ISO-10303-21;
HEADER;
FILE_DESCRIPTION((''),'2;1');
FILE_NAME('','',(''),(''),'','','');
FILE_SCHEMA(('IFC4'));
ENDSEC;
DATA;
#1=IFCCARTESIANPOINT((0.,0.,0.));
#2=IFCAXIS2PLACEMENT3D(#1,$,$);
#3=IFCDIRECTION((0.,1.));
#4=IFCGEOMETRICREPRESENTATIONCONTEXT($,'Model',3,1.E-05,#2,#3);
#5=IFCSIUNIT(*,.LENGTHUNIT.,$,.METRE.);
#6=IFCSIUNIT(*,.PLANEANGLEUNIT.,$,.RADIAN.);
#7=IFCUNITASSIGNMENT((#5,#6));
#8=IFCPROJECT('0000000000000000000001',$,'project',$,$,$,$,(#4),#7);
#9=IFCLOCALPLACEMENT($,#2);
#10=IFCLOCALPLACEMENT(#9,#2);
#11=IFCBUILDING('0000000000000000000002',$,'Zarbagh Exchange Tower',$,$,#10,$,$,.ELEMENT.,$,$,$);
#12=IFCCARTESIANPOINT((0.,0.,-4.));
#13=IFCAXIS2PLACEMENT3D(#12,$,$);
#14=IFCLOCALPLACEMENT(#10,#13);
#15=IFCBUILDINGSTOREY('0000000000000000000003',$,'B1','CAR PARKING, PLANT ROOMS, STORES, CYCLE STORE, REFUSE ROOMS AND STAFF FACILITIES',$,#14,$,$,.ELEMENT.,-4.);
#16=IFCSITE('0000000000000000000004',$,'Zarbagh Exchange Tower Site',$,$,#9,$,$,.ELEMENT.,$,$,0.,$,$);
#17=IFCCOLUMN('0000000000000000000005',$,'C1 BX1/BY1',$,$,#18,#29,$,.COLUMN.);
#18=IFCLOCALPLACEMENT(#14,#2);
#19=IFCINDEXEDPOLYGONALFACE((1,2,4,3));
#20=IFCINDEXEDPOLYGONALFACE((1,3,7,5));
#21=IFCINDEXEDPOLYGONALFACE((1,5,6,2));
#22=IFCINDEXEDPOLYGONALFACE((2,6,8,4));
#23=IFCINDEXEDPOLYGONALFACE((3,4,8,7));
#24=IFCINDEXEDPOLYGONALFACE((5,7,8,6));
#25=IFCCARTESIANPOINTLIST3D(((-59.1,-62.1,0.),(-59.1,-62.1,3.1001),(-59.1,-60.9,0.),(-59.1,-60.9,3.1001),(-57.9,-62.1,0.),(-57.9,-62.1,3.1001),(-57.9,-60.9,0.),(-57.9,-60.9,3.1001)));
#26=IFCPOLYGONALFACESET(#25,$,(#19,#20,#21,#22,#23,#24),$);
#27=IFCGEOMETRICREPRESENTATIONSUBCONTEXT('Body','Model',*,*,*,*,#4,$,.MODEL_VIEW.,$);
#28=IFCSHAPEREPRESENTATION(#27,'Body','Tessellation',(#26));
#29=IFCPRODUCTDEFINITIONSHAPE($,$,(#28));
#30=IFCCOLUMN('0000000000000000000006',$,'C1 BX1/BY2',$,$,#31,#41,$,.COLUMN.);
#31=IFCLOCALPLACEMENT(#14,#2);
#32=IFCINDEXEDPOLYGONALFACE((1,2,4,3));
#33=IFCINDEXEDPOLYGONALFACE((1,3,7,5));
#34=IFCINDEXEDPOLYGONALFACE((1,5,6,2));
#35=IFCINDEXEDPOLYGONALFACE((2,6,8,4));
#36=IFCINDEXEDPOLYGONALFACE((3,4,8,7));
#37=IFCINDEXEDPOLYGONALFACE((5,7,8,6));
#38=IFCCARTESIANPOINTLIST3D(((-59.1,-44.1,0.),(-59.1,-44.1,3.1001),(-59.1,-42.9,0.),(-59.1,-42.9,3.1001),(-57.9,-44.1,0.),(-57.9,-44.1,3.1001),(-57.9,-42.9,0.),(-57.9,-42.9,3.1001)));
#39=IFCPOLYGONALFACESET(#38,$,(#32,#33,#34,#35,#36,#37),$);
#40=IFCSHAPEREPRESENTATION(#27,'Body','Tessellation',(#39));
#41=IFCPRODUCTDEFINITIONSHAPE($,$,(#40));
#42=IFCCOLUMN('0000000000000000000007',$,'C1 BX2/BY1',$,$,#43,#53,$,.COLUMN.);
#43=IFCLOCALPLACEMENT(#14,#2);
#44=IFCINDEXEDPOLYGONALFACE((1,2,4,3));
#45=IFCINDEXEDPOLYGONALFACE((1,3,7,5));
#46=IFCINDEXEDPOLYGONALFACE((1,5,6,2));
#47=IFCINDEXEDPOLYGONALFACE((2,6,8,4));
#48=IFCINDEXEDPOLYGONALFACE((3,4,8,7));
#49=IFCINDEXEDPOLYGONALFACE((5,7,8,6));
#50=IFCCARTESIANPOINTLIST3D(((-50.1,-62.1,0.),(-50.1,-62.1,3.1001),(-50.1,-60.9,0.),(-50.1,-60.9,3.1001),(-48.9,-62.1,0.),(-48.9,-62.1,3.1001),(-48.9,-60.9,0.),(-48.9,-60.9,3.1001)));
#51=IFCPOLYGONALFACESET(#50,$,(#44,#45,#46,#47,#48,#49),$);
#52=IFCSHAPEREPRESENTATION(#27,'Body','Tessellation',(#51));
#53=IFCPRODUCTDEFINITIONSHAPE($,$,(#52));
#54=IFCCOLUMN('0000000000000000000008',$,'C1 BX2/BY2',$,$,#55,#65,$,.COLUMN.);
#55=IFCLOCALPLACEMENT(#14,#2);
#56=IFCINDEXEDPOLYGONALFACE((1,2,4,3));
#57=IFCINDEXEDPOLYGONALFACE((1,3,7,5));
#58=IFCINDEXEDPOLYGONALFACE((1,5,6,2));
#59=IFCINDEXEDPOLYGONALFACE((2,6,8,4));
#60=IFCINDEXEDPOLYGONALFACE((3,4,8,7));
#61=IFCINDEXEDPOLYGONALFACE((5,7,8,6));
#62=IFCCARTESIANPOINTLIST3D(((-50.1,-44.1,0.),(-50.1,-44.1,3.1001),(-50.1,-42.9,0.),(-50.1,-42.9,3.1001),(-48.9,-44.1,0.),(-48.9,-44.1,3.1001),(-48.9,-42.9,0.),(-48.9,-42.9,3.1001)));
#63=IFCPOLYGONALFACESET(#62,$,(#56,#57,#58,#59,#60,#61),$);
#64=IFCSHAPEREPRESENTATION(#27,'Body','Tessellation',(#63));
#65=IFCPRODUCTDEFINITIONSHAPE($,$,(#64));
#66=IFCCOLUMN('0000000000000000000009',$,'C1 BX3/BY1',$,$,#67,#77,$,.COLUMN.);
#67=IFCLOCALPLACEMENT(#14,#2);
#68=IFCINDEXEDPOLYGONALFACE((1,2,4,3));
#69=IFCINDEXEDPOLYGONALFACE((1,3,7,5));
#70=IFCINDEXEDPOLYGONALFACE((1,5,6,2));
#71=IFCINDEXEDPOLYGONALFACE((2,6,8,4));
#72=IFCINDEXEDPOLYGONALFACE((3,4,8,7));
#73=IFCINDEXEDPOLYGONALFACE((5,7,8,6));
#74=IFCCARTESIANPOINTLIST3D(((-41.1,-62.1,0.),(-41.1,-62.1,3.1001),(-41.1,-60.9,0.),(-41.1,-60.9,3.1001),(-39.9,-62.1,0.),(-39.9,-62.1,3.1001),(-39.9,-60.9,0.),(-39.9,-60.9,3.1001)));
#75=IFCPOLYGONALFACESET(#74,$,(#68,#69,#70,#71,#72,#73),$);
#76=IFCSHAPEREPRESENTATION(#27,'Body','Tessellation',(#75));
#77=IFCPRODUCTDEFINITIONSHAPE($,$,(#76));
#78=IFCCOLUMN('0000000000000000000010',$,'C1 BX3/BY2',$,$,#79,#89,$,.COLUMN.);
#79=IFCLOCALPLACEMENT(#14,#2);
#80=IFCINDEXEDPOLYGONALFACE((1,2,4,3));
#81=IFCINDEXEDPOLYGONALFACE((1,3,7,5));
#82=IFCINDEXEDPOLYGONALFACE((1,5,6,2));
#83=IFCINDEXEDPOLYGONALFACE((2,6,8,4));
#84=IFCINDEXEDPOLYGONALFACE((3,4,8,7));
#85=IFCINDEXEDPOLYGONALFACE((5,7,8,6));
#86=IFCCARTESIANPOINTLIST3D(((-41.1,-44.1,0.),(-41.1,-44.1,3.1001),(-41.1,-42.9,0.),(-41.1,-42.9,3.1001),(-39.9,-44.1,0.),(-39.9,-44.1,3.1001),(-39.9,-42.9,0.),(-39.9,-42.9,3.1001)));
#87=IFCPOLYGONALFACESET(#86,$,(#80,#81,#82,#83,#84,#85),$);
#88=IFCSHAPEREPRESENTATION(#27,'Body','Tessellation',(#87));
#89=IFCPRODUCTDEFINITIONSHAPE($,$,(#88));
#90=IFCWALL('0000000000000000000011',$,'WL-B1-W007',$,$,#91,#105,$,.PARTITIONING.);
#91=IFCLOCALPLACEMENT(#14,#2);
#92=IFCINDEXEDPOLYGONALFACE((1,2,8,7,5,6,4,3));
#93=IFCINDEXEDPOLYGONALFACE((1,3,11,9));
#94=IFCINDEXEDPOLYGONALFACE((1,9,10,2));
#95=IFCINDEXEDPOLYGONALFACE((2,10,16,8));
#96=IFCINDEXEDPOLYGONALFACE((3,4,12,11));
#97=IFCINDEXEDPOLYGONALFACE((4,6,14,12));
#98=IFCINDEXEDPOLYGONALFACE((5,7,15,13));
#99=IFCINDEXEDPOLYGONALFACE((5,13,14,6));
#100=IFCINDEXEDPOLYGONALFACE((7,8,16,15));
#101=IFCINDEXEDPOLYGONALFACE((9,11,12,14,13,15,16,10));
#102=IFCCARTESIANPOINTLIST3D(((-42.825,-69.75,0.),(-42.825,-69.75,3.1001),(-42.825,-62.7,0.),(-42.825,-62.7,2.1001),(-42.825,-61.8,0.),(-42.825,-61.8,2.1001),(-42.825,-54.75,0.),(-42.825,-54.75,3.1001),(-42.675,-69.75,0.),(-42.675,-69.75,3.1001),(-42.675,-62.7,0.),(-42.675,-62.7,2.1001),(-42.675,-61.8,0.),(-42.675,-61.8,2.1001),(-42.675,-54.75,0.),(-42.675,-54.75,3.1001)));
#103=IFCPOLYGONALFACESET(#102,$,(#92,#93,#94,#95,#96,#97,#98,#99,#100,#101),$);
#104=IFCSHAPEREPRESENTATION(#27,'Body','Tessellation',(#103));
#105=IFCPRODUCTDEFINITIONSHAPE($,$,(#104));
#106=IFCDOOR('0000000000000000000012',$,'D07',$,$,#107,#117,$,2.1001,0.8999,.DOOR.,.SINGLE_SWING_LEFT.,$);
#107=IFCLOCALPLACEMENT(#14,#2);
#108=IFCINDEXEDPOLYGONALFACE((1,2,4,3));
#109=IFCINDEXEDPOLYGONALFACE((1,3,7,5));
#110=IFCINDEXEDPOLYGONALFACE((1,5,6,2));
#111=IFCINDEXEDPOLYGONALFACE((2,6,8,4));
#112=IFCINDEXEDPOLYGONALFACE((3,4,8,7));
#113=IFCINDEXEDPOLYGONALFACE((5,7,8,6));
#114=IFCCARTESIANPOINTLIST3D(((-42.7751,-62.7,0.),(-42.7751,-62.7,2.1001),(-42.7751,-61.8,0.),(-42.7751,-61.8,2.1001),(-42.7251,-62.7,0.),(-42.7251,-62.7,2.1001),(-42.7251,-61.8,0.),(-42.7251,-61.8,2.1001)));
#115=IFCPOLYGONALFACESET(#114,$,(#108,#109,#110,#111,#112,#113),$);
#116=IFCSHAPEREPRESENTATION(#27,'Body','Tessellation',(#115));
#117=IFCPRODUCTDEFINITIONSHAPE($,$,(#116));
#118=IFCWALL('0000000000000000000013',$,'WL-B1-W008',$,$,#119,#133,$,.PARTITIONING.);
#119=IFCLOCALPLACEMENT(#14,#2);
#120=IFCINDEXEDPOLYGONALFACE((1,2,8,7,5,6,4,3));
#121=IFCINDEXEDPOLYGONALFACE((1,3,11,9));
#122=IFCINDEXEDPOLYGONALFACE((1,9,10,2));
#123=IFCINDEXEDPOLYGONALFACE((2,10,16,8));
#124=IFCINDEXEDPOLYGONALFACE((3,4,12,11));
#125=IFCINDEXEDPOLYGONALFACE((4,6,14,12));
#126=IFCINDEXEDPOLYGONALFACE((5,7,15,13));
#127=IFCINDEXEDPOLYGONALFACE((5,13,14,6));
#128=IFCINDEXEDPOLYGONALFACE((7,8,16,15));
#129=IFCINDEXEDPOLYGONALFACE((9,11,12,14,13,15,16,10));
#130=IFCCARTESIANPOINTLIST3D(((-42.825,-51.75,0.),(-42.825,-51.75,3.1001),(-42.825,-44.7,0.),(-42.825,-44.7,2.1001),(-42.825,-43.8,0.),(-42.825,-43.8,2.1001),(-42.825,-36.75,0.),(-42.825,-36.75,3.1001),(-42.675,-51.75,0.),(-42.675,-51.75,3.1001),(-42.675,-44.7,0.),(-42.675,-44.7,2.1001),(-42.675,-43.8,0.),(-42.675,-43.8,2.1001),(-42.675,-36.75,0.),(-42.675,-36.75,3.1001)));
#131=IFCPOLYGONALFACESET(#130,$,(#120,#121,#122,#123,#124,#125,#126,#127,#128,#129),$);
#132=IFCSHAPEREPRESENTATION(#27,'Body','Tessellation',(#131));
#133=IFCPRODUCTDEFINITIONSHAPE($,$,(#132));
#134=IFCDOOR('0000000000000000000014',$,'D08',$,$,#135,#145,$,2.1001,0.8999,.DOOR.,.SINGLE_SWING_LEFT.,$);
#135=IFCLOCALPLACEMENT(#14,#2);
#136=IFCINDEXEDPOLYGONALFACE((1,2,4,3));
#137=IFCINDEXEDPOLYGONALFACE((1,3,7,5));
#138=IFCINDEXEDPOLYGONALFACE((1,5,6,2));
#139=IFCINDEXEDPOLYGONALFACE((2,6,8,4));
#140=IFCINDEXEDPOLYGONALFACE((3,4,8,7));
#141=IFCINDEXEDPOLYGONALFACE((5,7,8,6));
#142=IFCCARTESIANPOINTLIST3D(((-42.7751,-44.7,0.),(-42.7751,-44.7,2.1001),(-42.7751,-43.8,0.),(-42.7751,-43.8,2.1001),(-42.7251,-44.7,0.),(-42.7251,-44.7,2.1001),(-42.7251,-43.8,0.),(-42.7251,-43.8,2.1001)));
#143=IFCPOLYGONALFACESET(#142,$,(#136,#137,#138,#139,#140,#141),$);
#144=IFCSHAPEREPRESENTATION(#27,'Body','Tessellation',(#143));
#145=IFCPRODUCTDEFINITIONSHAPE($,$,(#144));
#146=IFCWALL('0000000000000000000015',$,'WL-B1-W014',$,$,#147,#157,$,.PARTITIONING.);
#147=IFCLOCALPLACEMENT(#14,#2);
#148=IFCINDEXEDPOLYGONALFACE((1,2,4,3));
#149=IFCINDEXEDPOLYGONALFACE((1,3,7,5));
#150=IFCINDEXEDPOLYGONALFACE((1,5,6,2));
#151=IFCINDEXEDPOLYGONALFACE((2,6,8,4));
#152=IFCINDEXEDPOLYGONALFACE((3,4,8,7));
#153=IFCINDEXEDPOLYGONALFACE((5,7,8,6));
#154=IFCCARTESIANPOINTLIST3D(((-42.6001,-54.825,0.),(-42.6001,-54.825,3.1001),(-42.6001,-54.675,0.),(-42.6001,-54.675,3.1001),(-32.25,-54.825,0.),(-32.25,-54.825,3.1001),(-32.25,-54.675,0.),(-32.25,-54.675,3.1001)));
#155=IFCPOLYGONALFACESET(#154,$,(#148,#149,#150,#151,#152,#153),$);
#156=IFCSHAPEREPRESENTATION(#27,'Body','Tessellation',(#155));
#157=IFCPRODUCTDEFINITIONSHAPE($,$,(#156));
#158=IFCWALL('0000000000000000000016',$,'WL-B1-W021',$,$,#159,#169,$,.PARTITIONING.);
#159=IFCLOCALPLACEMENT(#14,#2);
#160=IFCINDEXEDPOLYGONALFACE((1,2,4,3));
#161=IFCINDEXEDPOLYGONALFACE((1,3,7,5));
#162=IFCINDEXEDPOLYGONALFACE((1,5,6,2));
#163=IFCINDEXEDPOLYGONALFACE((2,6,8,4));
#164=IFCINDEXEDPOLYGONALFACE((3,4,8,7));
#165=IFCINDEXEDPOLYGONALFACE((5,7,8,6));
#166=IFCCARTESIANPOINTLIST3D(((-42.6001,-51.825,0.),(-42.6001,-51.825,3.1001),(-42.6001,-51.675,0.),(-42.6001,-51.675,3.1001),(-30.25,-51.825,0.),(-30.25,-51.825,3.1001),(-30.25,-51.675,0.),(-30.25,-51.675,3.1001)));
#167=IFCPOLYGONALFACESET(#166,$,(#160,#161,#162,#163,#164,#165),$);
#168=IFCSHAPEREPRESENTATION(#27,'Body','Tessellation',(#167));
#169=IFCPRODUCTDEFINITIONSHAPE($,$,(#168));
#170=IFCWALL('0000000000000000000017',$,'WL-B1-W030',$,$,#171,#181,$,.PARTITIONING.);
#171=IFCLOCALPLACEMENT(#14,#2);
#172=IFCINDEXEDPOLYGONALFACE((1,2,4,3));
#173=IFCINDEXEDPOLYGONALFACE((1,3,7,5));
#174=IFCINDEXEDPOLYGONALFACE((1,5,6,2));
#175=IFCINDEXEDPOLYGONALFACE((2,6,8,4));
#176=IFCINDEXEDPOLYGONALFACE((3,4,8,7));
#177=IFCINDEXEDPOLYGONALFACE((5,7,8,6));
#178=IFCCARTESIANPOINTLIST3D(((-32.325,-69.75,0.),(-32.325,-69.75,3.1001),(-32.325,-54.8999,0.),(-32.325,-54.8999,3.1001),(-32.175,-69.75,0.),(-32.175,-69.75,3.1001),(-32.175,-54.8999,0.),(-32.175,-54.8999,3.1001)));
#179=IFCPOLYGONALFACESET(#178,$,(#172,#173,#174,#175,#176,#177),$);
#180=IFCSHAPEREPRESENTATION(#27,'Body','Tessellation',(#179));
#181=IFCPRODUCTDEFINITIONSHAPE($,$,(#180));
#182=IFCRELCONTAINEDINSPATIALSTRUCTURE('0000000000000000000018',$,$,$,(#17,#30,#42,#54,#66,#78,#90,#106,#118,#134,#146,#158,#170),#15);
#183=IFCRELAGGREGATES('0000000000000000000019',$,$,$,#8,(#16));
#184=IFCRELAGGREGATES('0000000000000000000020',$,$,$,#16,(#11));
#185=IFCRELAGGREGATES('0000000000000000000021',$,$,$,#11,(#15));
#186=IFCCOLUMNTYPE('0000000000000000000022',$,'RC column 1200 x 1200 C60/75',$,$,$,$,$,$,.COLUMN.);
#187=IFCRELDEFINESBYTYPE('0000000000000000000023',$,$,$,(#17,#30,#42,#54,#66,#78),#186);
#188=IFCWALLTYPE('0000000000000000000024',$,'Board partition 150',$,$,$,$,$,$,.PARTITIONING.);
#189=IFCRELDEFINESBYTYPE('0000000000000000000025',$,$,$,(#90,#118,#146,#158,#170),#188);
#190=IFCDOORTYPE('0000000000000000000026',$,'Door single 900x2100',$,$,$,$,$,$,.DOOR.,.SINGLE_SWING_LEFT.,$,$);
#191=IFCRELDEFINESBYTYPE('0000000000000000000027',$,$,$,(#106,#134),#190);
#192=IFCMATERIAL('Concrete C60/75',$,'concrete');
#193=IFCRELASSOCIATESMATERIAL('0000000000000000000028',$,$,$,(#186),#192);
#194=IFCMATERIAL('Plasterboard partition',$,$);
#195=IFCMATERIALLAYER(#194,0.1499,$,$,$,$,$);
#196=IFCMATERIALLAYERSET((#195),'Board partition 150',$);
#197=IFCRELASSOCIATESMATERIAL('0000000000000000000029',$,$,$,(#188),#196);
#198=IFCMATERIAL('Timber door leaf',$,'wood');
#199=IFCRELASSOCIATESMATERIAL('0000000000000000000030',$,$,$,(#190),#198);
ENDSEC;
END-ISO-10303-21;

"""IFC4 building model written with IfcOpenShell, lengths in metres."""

from ifc_helpers import new_model, si_unit, direction, frame, frame_2d, origin, origin_2d, place, context, subcontext, project, spatial, rectangle, extrude, material, layer, layer_set, material_profile, profile_set, type_object, element, fill, save


model = new_model("IFC4")

# Units and contexts
model_context = context("Model", 3, precision=1e-05, world=origin(), true_north=direction((0.0, 1.0)))
body_context = subcontext(model_context, "Body", "Model", "MODEL_VIEW")
ifc_project = project(units=[si_unit("LENGTHUNIT", "METRE"), si_unit("PLANEANGLEUNIT", "RADIAN")], contexts=[model_context])

# Site, building, storey
site_placement = place(None, origin())
site = spatial("IfcSite", under=ifc_project, at=site_placement, Name="Zarbagh Exchange Tower Site", CompositionType="ELEMENT", RefElevation=0.0)
building_placement = place(site_placement, origin())
building = spatial("IfcBuilding", under=site, at=building_placement, Name="Zarbagh Exchange Tower", CompositionType="ELEMENT")
storey_placement = place(building_placement, frame((0.0, 0.0, -4.0)))
storey = spatial("IfcBuildingStorey", under=building, at=storey_placement, Name="B1", Description="CAR PARKING, PLANT ROOMS, STORES, CYCLE STORE, REFUSE ROOMS AND STAFF FACILITIES", CompositionType="ELEMENT", Elevation=-4.0)

# Columns
ifc_material_1 = material(Name="Concrete C60/75", Category="concrete")
ifc_material_profile = material_profile(ifc_material_1, rectangle(XDim=1.2, YDim=1.2, at=origin_2d()), Name="RC column 1200 x 1200 C60/75")
ifc_profile_set = profile_set([ifc_material_profile], Name="Concrete C60/75")
column_type = type_object("IfcColumnType", Name="RC column 1200 x 1200 C60/75", PredefinedType="COLUMN", material=ifc_profile_set)
for number, where, z_axis, x_axis, name in (
    (1, (-58.5, -61.5, 0.0), (0.0, 0.0, 1.0), (1.0, 0.0, 0.0), "C1 BX1/BY1"),
    (2, (-58.5, -43.5, 0.0), (0.0, 0.0, 1.0), (1.0, 0.0, 0.0), "C1 BX1/BY2"),
    (3, (-49.5, -61.5, 0.0), (0.0, 0.0, 1.0), (1.0, 0.0, 0.0), "C1 BX2/BY1"),
    (4, (-49.5, -43.5, 0.0), (0.0, 0.0, 1.0), (1.0, 0.0, 0.0), "C1 BX2/BY2"),
    (5, (-40.5, -61.5, 0.0), (0.0, 0.0, 1.0), (1.0, 0.0, 0.0), "C1 BX3/BY1"),
    (6, (-40.5, -43.5, 0.0), (0.0, 0.0, 1.0), (1.0, 0.0, 0.0), "C1 BX3/BY2"),
):
    element("IfcColumn", number, at=place(storey_placement, frame(where, z_axis=z_axis, x_axis=x_axis)), inside=storey, type_object=column_type, Name=name, PredefinedType="COLUMN", context=body_context, shape_type="SweptSolid", body=[
        extrude(rectangle(XDim=1.2, YDim=1.2, at=origin_2d()), origin(), (0.0, 0.0, 1.0), 3.1001),
    ])

# Walls, openings, doors
ifc_material_2 = material(Name="Plasterboard partition")
ifc_layer_1 = layer(ifc_material_2, 0.1499)
ifc_layer_set_1 = layer_set([ifc_layer_1], Name="Board partition 150")
wall_type_1 = type_object("IfcWallType", Name="Board partition 150", PredefinedType="PARTITIONING", material=ifc_layer_set_1)
wall_1_placement = place(storey_placement, frame((-42.75, -54.75, 0.0), z_axis=(0.0, 0.0, 1.0), x_axis=(0.0, -1.0, 0.0)))
wall_1 = element("IfcWall", 7, at=wall_1_placement, inside=storey, type_object=wall_type_1, Name="WL-B1-W007", PredefinedType="PARTITIONING", context=body_context, shape_type="SweptSolid", body=[
    extrude(rectangle(XDim=15.0, YDim=0.1499, at=frame_2d((7.5, 0.0))), origin(), (0.0, 0.0, 1.0), 3.1001),
])
opening_1_placement = place(wall_1_placement, frame((7.05, 0.0, 0.0)))
opening_1 = element("IfcOpeningElement", 8, at=opening_1_placement, cuts=wall_1, PredefinedType="OPENING", context=body_context, shape_type="SweptSolid", body=[
    extrude(rectangle(XDim=0.8999, YDim=2.1001, at=frame_2d((0.45, 1.05))), frame((0.0, 0.085, 0.0), z_axis=(0.0, -1.0, 0.0), x_axis=(1.0, 0.0, 0.0)), (0.0, 0.0, 1.0), 0.1699),
])
ifc_material_3 = material(Name="Timber door leaf", Category="wood")
door_type_1 = type_object("IfcDoorType", Name="Door single 900x2100", OperationType="SINGLE_SWING_LEFT", PredefinedType="DOOR", material=ifc_material_3)
door_1_placement = place(opening_1_placement, origin())
door_1 = element("IfcDoor", 9, at=door_1_placement, inside=storey, type_object=door_type_1, Name="D07", OperationType="SINGLE_SWING_LEFT", OverallHeight=2.1001, OverallWidth=0.8999, PredefinedType="DOOR", context=body_context, shape_type="SweptSolid", body=[
    extrude(rectangle(XDim=0.8999, YDim=2.1001, at=frame_2d((0.45, 1.05))), frame((0.0, 0.0249, 0.0), z_axis=(0.0, -1.0, 0.0), x_axis=(1.0, 0.0, 0.0)), (0.0, 0.0, 1.0), 0.05),
])
fill(opening_1, door_1)
wall_2_placement = place(storey_placement, frame((-42.75, -36.75, 0.0), z_axis=(0.0, 0.0, 1.0), x_axis=(0.0, -1.0, 0.0)))
wall_2 = element("IfcWall", 10, at=wall_2_placement, inside=storey, type_object=wall_type_1, Name="WL-B1-W008", PredefinedType="PARTITIONING", context=body_context, shape_type="SweptSolid", body=[
    extrude(rectangle(XDim=15.0, YDim=0.1499, at=frame_2d((7.5, 0.0))), origin(), (0.0, 0.0, 1.0), 3.1001),
])
opening_2_placement = place(wall_2_placement, frame((7.05, 0.0, 0.0)))
opening_2 = element("IfcOpeningElement", 11, at=opening_2_placement, cuts=wall_2, PredefinedType="OPENING", context=body_context, shape_type="SweptSolid", body=[
    extrude(rectangle(XDim=0.8999, YDim=2.1001, at=frame_2d((0.45, 1.05))), frame((0.0, 0.085, 0.0), z_axis=(0.0, -1.0, 0.0), x_axis=(1.0, 0.0, 0.0)), (0.0, 0.0, 1.0), 0.1699),
])
door_2_placement = place(opening_2_placement, origin())
door_2 = element("IfcDoor", 12, at=door_2_placement, inside=storey, type_object=door_type_1, Name="D08", OperationType="SINGLE_SWING_LEFT", OverallHeight=2.1001, OverallWidth=0.8999, PredefinedType="DOOR", context=body_context, shape_type="SweptSolid", body=[
    extrude(rectangle(XDim=0.8999, YDim=2.1001, at=frame_2d((0.45, 1.05))), frame((0.0, 0.0249, 0.0), z_axis=(0.0, -1.0, 0.0), x_axis=(1.0, 0.0, 0.0)), (0.0, 0.0, 1.0), 0.05),
])
fill(opening_2, door_2)

# Walls
wall_3_placement = place(storey_placement, frame((-32.25, -54.75, 0.0), z_axis=(0.0, 0.0, 1.0), x_axis=(-1.0, 0.0, 0.0)))
element("IfcWall", 13, at=wall_3_placement, inside=storey, type_object=wall_type_1, Name="WL-B1-W014", PredefinedType="PARTITIONING", context=body_context, shape_type="SweptSolid", body=[
    extrude(rectangle(XDim=10.3501, YDim=0.1499, at=frame_2d((5.175, 0.0))), origin(), (0.0, 0.0, 1.0), 3.1001),
])
wall_4_placement = place(storey_placement, frame((-42.6001, -51.75, 0.0), z_axis=(0.0, 0.0, 1.0), x_axis=(1.0, 0.0, 0.0)))
element("IfcWall", 14, at=wall_4_placement, inside=storey, type_object=wall_type_1, Name="WL-B1-W021", PredefinedType="PARTITIONING", context=body_context, shape_type="SweptSolid", body=[
    extrude(rectangle(XDim=12.3501, YDim=0.1499, at=frame_2d((6.175, 0.0))), origin(), (0.0, 0.0, 1.0), 3.1001),
])
wall_5_placement = place(storey_placement, frame((-32.25, -54.8999, 0.0), z_axis=(0.0, 0.0, 1.0), x_axis=(0.0, -1.0, 0.0)))
element("IfcWall", 15, at=wall_5_placement, inside=storey, type_object=wall_type_1, Name="WL-B1-W030", PredefinedType="PARTITIONING", context=body_context, shape_type="SweptSolid", body=[
    extrude(rectangle(XDim=14.8501, YDim=0.1499, at=frame_2d((7.425, 0.0))), origin(), (0.0, 0.0, 1.0), 3.1001),
])

save(model, "model.ifc")
